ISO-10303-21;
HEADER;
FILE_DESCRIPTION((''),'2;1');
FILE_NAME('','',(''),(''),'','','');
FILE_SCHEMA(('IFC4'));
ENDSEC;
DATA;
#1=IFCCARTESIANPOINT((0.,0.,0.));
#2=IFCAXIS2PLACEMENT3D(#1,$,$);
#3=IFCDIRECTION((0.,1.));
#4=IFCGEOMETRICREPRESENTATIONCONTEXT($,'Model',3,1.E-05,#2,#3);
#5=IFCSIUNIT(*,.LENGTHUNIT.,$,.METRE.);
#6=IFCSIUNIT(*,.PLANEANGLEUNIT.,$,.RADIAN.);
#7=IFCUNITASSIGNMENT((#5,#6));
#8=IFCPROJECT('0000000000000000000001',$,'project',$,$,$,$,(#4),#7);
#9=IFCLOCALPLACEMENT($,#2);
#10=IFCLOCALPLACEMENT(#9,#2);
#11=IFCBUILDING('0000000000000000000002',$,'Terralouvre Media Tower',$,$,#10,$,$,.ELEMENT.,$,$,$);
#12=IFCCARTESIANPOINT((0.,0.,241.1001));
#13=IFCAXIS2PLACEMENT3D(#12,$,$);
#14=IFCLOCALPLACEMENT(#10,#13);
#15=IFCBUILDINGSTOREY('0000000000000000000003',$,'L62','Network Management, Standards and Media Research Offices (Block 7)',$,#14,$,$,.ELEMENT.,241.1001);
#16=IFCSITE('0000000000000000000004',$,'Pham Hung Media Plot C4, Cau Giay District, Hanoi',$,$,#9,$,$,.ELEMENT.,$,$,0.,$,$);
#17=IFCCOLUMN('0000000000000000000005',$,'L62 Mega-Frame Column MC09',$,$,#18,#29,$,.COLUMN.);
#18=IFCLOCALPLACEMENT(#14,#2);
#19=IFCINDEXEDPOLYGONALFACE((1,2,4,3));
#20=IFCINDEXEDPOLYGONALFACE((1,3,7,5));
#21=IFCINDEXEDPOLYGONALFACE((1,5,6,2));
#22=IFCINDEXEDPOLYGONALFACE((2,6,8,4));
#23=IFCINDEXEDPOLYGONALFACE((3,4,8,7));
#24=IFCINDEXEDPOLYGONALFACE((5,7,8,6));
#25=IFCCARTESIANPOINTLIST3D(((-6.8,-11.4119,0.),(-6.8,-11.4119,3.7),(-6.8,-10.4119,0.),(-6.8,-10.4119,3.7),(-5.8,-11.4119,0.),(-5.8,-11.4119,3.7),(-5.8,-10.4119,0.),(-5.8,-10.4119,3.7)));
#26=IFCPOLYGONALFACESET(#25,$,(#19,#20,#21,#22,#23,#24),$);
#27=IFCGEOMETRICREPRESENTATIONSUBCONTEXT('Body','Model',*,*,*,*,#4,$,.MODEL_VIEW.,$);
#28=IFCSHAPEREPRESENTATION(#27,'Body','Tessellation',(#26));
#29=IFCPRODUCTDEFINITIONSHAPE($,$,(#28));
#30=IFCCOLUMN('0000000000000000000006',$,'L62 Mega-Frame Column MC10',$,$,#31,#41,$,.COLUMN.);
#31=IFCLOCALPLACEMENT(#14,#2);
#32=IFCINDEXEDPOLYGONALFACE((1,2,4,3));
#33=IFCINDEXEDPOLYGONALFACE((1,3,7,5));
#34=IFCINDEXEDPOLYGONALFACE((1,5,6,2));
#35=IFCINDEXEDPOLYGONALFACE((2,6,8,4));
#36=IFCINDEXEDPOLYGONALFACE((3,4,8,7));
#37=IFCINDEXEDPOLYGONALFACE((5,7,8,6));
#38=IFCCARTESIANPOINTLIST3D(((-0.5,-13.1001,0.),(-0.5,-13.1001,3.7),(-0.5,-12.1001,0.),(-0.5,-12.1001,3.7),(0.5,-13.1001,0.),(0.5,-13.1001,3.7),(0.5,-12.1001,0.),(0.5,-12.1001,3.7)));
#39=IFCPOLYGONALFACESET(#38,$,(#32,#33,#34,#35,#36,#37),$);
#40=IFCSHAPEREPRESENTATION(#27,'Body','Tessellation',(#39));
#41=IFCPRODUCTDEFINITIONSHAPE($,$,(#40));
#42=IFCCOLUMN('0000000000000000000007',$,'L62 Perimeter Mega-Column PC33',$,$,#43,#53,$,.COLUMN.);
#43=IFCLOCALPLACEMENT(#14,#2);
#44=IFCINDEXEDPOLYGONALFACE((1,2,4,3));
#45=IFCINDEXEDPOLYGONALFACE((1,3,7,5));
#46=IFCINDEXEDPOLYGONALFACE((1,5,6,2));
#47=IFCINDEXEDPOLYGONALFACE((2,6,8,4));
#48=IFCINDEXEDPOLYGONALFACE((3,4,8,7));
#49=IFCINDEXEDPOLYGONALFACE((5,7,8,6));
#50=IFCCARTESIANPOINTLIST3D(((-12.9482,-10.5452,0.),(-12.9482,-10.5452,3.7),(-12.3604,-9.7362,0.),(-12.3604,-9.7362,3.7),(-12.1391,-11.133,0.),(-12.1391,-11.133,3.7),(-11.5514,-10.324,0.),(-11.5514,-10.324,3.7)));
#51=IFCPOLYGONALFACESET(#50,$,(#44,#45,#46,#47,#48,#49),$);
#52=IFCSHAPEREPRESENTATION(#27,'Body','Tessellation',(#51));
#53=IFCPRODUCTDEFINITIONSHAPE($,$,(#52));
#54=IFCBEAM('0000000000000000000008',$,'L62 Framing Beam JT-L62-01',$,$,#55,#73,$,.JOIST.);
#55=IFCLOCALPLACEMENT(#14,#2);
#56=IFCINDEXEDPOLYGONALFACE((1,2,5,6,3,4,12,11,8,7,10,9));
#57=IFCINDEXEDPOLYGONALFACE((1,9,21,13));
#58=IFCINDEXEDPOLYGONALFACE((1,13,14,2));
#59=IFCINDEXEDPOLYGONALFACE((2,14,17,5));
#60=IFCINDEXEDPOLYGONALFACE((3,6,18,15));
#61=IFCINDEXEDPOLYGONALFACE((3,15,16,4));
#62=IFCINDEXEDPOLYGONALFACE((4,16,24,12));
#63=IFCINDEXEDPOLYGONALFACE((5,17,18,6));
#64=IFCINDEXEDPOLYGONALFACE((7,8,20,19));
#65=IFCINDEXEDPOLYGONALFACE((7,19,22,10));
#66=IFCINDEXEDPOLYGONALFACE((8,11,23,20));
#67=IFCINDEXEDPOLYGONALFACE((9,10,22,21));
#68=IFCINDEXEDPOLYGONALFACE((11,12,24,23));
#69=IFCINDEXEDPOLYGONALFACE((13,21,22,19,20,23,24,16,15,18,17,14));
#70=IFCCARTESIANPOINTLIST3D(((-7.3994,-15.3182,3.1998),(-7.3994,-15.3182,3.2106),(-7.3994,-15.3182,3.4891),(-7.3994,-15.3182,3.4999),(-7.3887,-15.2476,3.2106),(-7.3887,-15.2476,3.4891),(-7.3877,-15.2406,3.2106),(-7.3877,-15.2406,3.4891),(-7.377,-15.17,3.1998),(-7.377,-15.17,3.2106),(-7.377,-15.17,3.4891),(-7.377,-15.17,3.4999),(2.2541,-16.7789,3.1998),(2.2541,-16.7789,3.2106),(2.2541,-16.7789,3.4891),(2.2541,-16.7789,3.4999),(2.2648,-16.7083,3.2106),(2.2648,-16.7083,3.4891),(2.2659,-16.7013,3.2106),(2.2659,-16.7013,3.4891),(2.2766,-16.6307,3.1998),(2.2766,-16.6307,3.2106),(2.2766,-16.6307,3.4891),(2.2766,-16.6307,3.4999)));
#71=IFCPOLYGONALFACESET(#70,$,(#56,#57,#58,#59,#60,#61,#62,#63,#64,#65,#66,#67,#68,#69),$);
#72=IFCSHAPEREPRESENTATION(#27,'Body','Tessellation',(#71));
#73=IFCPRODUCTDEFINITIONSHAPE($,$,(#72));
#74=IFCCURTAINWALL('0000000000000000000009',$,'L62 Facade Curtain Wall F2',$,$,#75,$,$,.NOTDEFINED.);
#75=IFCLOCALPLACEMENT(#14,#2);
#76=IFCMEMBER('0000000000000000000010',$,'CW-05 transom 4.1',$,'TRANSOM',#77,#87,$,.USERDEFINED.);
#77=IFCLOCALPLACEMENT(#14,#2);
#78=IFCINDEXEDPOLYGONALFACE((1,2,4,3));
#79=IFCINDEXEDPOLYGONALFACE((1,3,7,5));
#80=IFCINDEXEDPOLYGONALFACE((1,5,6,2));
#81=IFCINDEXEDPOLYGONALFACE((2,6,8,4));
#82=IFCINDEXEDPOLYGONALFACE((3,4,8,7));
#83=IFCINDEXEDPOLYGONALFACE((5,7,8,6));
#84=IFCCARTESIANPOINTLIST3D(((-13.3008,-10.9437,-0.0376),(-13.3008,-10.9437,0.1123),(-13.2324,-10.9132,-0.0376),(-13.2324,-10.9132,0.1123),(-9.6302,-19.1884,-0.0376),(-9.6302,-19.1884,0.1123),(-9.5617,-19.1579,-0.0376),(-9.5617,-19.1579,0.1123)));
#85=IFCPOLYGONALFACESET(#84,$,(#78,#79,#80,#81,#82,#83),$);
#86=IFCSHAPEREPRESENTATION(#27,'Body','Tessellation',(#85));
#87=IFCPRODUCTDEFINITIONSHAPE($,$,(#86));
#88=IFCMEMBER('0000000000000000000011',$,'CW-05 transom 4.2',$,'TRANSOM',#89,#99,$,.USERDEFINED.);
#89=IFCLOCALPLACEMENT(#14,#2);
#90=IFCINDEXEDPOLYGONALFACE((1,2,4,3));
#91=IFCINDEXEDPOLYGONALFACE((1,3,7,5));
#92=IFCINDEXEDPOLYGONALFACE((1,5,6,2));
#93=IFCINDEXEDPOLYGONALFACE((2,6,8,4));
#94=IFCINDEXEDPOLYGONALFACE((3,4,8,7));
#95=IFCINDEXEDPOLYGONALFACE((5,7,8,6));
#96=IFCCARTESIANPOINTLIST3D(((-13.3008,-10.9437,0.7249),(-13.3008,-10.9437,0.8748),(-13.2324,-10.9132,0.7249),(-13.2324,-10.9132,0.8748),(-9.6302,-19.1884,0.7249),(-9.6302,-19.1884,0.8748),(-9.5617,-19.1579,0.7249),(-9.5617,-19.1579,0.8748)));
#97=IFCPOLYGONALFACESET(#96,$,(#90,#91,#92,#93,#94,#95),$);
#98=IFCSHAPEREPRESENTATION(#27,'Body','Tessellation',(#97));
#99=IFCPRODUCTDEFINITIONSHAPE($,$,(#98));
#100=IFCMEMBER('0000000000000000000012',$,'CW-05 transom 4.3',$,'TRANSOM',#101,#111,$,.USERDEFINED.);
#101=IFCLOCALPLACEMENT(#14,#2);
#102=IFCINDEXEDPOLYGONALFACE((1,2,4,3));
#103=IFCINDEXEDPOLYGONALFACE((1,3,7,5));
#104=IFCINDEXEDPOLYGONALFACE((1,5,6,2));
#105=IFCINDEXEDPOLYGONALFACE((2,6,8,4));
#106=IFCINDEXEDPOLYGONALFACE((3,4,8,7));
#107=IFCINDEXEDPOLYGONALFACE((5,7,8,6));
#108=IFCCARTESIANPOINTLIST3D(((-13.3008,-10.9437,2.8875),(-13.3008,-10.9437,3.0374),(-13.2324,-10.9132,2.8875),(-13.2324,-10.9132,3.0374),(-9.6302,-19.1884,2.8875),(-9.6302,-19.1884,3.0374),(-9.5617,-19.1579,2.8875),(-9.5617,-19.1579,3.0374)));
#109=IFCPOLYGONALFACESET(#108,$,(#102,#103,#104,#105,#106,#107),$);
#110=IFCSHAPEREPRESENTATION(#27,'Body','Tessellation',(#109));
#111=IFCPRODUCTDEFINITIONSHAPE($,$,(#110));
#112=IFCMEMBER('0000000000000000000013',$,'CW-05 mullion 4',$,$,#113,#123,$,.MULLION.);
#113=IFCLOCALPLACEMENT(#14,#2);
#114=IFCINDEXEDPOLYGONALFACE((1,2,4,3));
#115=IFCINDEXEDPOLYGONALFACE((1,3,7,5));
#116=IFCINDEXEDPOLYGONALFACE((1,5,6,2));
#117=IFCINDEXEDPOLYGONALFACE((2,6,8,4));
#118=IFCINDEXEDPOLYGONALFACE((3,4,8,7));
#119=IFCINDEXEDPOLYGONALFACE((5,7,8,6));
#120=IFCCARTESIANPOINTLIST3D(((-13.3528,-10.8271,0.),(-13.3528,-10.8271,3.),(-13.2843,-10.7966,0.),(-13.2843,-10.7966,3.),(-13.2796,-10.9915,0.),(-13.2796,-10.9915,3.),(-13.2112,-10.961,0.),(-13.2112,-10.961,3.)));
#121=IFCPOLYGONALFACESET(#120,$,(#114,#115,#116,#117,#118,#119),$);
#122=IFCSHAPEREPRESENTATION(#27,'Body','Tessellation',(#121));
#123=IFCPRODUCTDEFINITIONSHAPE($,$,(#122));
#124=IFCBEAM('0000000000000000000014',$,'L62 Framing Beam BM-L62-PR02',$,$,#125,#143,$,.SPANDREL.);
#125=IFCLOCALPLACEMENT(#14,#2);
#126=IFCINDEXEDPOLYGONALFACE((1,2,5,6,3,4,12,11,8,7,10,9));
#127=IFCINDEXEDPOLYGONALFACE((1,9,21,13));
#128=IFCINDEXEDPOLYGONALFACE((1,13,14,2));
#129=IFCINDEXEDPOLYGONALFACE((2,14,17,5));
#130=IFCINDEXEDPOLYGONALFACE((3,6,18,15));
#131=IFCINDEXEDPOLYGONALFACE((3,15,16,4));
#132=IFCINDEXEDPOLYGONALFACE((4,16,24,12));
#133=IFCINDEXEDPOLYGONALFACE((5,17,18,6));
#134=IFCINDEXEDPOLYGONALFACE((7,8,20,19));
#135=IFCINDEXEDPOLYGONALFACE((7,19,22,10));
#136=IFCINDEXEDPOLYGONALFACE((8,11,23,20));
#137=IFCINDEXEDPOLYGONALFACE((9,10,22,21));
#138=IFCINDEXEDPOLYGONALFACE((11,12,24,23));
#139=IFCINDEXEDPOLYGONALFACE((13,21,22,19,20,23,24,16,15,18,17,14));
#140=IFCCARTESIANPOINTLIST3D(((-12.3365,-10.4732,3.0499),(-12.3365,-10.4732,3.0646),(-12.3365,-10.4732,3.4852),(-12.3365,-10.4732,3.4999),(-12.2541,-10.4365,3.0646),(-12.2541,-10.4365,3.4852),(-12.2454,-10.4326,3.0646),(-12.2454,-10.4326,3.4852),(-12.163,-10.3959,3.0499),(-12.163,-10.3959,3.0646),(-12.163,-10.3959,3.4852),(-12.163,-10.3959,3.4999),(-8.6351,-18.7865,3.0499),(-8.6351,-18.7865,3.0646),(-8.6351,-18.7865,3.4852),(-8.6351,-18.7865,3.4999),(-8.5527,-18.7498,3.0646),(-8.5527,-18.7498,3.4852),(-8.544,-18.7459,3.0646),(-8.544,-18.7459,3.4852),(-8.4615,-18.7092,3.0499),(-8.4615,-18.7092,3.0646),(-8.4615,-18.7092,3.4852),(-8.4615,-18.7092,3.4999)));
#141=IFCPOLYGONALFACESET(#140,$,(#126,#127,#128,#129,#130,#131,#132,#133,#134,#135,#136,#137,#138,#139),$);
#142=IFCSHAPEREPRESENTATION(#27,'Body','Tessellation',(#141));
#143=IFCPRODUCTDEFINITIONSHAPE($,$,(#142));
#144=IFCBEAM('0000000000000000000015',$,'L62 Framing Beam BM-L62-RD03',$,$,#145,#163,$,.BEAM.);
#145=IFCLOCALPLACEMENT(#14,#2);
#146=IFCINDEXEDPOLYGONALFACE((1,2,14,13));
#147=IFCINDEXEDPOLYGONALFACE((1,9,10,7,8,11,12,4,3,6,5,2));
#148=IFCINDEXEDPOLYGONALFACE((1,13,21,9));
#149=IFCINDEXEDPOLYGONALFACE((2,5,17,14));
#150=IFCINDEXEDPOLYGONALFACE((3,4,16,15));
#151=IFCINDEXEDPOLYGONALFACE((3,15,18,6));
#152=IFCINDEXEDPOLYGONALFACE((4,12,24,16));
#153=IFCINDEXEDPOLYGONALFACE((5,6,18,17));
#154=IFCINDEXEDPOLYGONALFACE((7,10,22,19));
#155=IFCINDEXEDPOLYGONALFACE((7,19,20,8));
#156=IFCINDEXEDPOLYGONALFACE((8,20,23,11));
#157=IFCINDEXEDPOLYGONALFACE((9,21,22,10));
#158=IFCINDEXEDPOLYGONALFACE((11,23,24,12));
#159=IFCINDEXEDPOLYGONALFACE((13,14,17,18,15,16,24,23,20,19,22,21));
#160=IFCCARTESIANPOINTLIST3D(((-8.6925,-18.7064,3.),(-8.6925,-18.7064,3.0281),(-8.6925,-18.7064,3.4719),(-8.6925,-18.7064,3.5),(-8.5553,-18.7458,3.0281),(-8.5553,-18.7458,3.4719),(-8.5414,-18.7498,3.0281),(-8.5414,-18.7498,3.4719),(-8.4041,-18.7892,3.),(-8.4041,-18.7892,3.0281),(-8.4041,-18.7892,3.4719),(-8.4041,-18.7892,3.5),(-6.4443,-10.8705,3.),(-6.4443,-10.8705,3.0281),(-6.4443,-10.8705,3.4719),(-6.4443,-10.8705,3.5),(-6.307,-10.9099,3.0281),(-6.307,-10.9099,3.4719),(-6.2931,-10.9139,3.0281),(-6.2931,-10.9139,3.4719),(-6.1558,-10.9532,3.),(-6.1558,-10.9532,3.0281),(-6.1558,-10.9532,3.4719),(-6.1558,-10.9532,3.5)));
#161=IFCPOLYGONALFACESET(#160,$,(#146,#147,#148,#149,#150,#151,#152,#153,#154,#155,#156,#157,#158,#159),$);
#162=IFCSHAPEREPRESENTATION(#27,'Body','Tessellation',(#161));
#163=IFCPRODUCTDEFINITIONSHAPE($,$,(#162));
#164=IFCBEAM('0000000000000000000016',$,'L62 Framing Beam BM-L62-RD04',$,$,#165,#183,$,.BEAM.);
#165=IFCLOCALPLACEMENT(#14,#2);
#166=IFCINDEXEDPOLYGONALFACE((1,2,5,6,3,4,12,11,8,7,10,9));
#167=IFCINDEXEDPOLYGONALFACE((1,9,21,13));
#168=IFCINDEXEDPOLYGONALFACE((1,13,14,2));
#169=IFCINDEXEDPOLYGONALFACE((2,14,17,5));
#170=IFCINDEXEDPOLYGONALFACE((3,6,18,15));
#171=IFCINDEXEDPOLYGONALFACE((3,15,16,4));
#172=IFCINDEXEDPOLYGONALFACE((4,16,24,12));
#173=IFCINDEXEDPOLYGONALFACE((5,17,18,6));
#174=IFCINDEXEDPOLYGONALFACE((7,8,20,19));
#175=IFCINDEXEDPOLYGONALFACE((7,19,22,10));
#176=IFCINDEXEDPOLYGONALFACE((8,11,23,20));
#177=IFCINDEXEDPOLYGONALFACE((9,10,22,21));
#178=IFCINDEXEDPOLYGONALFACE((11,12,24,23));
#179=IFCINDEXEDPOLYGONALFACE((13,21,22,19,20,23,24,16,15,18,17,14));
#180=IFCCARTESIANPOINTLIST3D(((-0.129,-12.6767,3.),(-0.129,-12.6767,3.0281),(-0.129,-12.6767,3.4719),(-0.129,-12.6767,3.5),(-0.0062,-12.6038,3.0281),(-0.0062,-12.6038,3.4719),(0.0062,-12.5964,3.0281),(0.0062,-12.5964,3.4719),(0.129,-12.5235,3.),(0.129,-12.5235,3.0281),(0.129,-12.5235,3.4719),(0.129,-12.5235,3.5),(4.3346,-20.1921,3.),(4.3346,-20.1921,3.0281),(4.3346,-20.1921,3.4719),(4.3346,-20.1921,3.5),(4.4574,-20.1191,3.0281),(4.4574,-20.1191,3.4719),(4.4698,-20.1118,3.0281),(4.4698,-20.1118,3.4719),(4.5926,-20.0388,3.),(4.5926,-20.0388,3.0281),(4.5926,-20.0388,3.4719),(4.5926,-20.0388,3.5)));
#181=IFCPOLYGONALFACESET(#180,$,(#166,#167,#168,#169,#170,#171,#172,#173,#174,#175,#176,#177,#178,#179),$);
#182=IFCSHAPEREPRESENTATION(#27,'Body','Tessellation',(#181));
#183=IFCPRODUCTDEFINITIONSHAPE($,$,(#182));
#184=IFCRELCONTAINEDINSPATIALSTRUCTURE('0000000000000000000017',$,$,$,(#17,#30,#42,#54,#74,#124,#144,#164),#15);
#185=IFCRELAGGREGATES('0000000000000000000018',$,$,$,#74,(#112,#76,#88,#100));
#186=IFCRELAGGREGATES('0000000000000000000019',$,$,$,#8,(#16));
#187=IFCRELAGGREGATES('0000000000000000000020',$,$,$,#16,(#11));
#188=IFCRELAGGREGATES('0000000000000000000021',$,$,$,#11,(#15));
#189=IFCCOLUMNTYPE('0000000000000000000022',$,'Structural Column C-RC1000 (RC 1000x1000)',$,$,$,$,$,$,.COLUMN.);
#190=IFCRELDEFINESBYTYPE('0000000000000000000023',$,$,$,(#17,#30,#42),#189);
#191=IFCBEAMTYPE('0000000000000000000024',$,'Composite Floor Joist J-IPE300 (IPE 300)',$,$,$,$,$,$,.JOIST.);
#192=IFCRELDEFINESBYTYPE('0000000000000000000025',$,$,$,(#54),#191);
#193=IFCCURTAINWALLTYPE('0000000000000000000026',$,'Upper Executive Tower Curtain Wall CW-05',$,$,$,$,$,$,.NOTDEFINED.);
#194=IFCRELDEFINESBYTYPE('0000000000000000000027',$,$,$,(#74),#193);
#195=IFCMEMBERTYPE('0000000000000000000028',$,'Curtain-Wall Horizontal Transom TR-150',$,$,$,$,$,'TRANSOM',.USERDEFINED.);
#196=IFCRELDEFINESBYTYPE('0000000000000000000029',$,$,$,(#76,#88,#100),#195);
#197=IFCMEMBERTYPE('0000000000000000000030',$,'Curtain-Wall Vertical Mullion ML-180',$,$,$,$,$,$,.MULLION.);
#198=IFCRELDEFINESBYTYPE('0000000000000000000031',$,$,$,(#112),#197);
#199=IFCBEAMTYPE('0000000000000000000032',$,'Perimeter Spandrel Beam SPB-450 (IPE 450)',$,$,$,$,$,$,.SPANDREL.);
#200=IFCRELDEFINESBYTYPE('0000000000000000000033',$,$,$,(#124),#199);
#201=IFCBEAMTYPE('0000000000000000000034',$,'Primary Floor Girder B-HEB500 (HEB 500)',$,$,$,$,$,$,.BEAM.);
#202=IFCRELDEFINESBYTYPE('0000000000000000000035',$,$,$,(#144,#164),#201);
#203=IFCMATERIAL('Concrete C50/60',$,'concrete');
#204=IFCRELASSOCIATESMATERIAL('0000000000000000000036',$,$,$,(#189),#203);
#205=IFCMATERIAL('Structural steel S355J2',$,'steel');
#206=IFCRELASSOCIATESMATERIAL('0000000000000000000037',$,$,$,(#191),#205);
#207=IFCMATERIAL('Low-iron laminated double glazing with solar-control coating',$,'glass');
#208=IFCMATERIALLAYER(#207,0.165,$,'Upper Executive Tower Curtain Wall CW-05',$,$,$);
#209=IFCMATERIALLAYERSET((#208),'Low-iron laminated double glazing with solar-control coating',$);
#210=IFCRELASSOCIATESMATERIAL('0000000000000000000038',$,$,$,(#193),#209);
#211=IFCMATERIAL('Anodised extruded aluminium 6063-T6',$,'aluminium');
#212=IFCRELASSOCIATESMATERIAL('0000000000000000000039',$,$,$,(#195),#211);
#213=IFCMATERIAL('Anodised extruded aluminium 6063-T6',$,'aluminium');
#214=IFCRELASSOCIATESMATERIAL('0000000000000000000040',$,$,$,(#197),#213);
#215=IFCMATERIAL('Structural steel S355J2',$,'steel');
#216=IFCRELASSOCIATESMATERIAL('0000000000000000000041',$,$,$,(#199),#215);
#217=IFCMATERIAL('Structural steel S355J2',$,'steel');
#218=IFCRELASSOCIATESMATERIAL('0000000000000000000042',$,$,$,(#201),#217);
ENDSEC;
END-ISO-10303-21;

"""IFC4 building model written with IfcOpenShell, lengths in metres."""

from ifc_helpers import new_model, si_unit, direction, frame, origin, origin_2d, place, context, subcontext, project, spatial, rectangle, i_section, extrude, material, layer, layer_set, material_profile, profile_set, type_object, element, aggregate, save


model = new_model("IFC4")

# Units and contexts
model_context = context("Model", 3, precision=1e-05, world=origin(), true_north=direction((0.0, 1.0)))
body_context = subcontext(model_context, "Body", "Model", "MODEL_VIEW")
ifc_project = project(units=[si_unit("LENGTHUNIT", "METRE"), si_unit("PLANEANGLEUNIT", "RADIAN")], contexts=[model_context])

# Site, building, storey
site_placement = place(None, origin())
site = spatial("IfcSite", under=ifc_project, at=site_placement, Name="Pham Hung Media Plot C4, Cau Giay District, Hanoi", CompositionType="ELEMENT", RefElevation=0.0)
building_placement = place(site_placement, origin())
building = spatial("IfcBuilding", under=site, at=building_placement, Name="Terralouvre Media Tower", CompositionType="ELEMENT")
storey_placement = place(building_placement, frame((0.0, 0.0, 241.1001)))
storey = spatial("IfcBuildingStorey", under=building, at=storey_placement, Name="L62", Description="Network Management, Standards and Media Research Offices (Block 7)", CompositionType="ELEMENT", Elevation=241.1001)

# Columns
ifc_material_1 = material(Name="Concrete C50/60", Category="concrete")
ifc_material_profile_1 = material_profile(ifc_material_1, rectangle(XDim=1.0, YDim=1.0, at=origin_2d()), Name="RC 1000x1000")
ifc_profile_set_1 = profile_set([ifc_material_profile_1], Name="Concrete C50/60")
column_type = type_object("IfcColumnType", Name="Structural Column C-RC1000 (RC 1000x1000)", PredefinedType="COLUMN", material=ifc_profile_set_1)
for number, where, z_axis, x_axis, name in (
    (1, (-6.3, -10.9119, 0.0), (0.0, 0.0, 1.0), (1.0, 0.0, 0.0), "L62 Mega-Frame Column MC09"),
    (2, (0.0, -12.6001, 0.0), (0.0, 0.0, 1.0), (1.0, 0.0, 0.0), "L62 Mega-Frame Column MC10"),
    (3, (-12.2498, -10.4346, 0.0), (0.0, 0.0, 1.0), (0.587785, 0.809017, 0.0), "L62 Perimeter Mega-Column PC33"),
):
    element("IfcColumn", number, at=place(storey_placement, frame(where, z_axis=z_axis, x_axis=x_axis)), inside=storey, type_object=column_type, Name=name, PredefinedType="COLUMN", context=body_context, shape_type="SweptSolid", body=[
        extrude(rectangle(XDim=1.0, YDim=1.0, at=origin_2d()), origin(), (0.0, 0.0, 1.0), 3.7),
    ])

# Beam
ifc_material_2 = material(Name="Structural steel S355J2", Category="steel")
ifc_material_profile_2 = material_profile(ifc_material_2, i_section(OverallWidth=0.1499, OverallDepth=0.3, WebThickness=0.0071, FlangeThickness=0.0107, at=origin_2d()), Name="IPE 300")
ifc_profile_set_2 = profile_set([ifc_material_profile_2], Name="Structural steel S355J2")
beam_type_1 = type_object("IfcBeamType", Name="Composite Floor Joist J-IPE300 (IPE 300)", PredefinedType="JOIST", material=ifc_profile_set_2)
beam_1_placement = place(storey_placement, frame((-7.3882, -15.2441, 3.3499), z_axis=(0.988745, -0.149608, 0.0), x_axis=(0.149608, 0.988745, 0.0)))
element("IfcBeam", 4, at=beam_1_placement, inside=storey, type_object=beam_type_1, Name="L62 Framing Beam JT-L62-01", PredefinedType="JOIST", context=body_context, shape_type="SweptSolid", body=[
    extrude(i_section(OverallWidth=0.1499, OverallDepth=0.3, WebThickness=0.0071, FlangeThickness=0.0107, at=origin_2d()), origin(), (0.0, 0.0, 1.0), 9.7634),
])

# Curtain wall, members
ifc_material_3 = material(Name="Low-iron laminated double glazing with solar-control coating", Category="glass")
ifc_layer_1 = layer(ifc_material_3, 0.165, Name="Upper Executive Tower Curtain Wall CW-05")
ifc_layer_set_1 = layer_set([ifc_layer_1], Name="Low-iron laminated double glazing with solar-control coating")
curtain_wall_type = type_object("IfcCurtainWallType", Name="Upper Executive Tower Curtain Wall CW-05", PredefinedType="NOTDEFINED", material=ifc_layer_set_1)
curtain_wall_placement = place(storey_placement, origin())
curtain_wall = element("IfcCurtainWall", 5, at=curtain_wall_placement, inside=storey, type_object=curtain_wall_type, Name="L62 Facade Curtain Wall F2", PredefinedType="NOTDEFINED")
ifc_material_4 = material(Name="Anodised extruded aluminium 6063-T6", Category="aluminium")
ifc_material_profile_3 = material_profile(ifc_material_4, rectangle(XDim=0.075, YDim=0.1499, at=origin_2d()), Name="ALU 75x150")
ifc_profile_set_3 = profile_set([ifc_material_profile_3], Name="Anodised extruded aluminium 6063-T6")
member_type_1 = type_object("IfcMemberType", Name="Curtain-Wall Horizontal Transom TR-150", ElementType="TRANSOM", PredefinedType="USERDEFINED", material=ifc_profile_set_3)
member_1_placement = place(storey_placement, frame((-13.2666, -10.9285, 0.0374), z_axis=(0.406728, -0.913549, 0.0), x_axis=(0.913549, 0.406728, 0.0)))
member_1 = element("IfcMember", 6, at=member_1_placement, type_object=member_type_1, Name="CW-05 transom 4.1", ObjectType="TRANSOM", PredefinedType="USERDEFINED", context=body_context, shape_type="SweptSolid", body=[
    extrude(rectangle(XDim=0.075, YDim=0.1499, at=origin_2d()), origin(), (0.0, 0.0, 1.0), 9.0249),
])
member_2_placement = place(storey_placement, frame((-13.2666, -10.9285, 0.7998), z_axis=(0.406728, -0.913549, 0.0), x_axis=(0.913549, 0.406728, 0.0)))
member_2 = element("IfcMember", 7, at=member_2_placement, type_object=member_type_1, Name="CW-05 transom 4.2", ObjectType="TRANSOM", PredefinedType="USERDEFINED", context=body_context, shape_type="SweptSolid", body=[
    extrude(rectangle(XDim=0.075, YDim=0.1499, at=origin_2d()), origin(), (0.0, 0.0, 1.0), 9.0249),
])
member_3_placement = place(storey_placement, frame((-13.2666, -10.9285, 2.9624), z_axis=(0.406728, -0.913549, 0.0), x_axis=(0.913549, 0.406728, 0.0)))
member_3 = element("IfcMember", 8, at=member_3_placement, type_object=member_type_1, Name="CW-05 transom 4.3", ObjectType="TRANSOM", PredefinedType="USERDEFINED", context=body_context, shape_type="SweptSolid", body=[
    extrude(rectangle(XDim=0.075, YDim=0.1499, at=origin_2d()), origin(), (0.0, 0.0, 1.0), 9.0249),
])
ifc_material_5 = material(Name="Anodised extruded aluminium 6063-T6", Category="aluminium")
ifc_material_profile_4 = material_profile(ifc_material_5, rectangle(XDim=0.075, YDim=0.1799, at=origin_2d()), Name="ALU 75x180")
ifc_profile_set_4 = profile_set([ifc_material_profile_4], Name="Anodised extruded aluminium 6063-T6")
member_type_2 = type_object("IfcMemberType", Name="Curtain-Wall Vertical Mullion ML-180", PredefinedType="MULLION", material=ifc_profile_set_4)
member_4_placement = place(storey_placement, frame((-13.282, -10.894, 0.0), z_axis=(0.0, 0.0, 1.0), x_axis=(0.913545, 0.406737, 0.0)))
member_4 = element("IfcMember", 9, at=member_4_placement, type_object=member_type_2, Name="CW-05 mullion 4", PredefinedType="MULLION", context=body_context, shape_type="SweptSolid", body=[
    extrude(rectangle(XDim=0.075, YDim=0.1799, at=origin_2d()), origin(), (0.0, 0.0, 1.0), 3.0),
])

# Beams
ifc_material_6 = material(Name="Structural steel S355J2", Category="steel")
ifc_material_profile_5 = material_profile(ifc_material_6, i_section(OverallWidth=0.1899, OverallDepth=0.45, WebThickness=0.0095, FlangeThickness=0.0146, at=origin_2d()), Name="IPE 450")
ifc_profile_set_5 = profile_set([ifc_material_profile_5], Name="Structural steel S355J2")
beam_type_2 = type_object("IfcBeamType", Name="Perimeter Spandrel Beam SPB-450 (IPE 450)", PredefinedType="SPANDREL", material=ifc_profile_set_5)
beam_2_placement = place(storey_placement, frame((-12.2498, -10.4346, 3.2749), z_axis=(0.406748, -0.91354, 0.0), x_axis=(0.91354, 0.406748, 0.0)))
element("IfcBeam", 10, at=beam_2_placement, inside=storey, type_object=beam_type_2, Name="L62 Framing Beam BM-L62-PR02", PredefinedType="SPANDREL", context=body_context, shape_type="SweptSolid", body=[
    extrude(i_section(OverallWidth=0.1899, OverallDepth=0.45, WebThickness=0.0095, FlangeThickness=0.0146, at=origin_2d()), origin(), (0.0, 0.0, 1.0), 9.1001),
])
ifc_material_7 = material(Name="Structural steel S355J2", Category="steel")
ifc_material_profile_6 = material_profile(ifc_material_7, i_section(OverallWidth=0.3, OverallDepth=0.5, WebThickness=0.0144, FlangeThickness=0.0281, at=origin_2d()), Name="HEB 500")
ifc_profile_set_6 = profile_set([ifc_material_profile_6], Name="Structural steel S355J2")
beam_type_3 = type_object("IfcBeamType", Name="Primary Floor Girder B-HEB500 (HEB 500)", PredefinedType="BEAM", material=ifc_profile_set_6)
beam_3_placement = place(storey_placement, frame((-6.3, -10.9119, 3.25), z_axis=(-0.275793, -0.961217, 0.0), x_axis=(0.961217, -0.275793, 0.0)))
element("IfcBeam", 11, at=beam_3_placement, inside=storey, type_object=beam_type_3, Name="L62 Framing Beam BM-L62-RD03", PredefinedType="BEAM", context=body_context, shape_type="SweptSolid", body=[
    extrude(i_section(OverallWidth=0.3, OverallDepth=0.5, WebThickness=0.0144, FlangeThickness=0.0281, at=origin_2d()), origin(), (0.0, 0.0, 1.0), 8.1521),
])
beam_4_placement = place(storey_placement, frame((0.0, -12.6001, 3.25), z_axis=(0.510654, -0.859786, 0.0), x_axis=(0.859786, 0.510654, 0.0)))
element("IfcBeam", 12, at=beam_4_placement, inside=storey, type_object=beam_type_3, Name="L62 Framing Beam BM-L62-RD04", PredefinedType="BEAM", context=body_context, shape_type="SweptSolid", body=[
    extrude(i_section(OverallWidth=0.3, OverallDepth=0.5, WebThickness=0.0144, FlangeThickness=0.0281, at=origin_2d()), origin(), (0.0, 0.0, 1.0), 8.741),
])

aggregate(curtain_wall, [member_4, member_1, member_2, member_3])

save(model, "model.ifc")
